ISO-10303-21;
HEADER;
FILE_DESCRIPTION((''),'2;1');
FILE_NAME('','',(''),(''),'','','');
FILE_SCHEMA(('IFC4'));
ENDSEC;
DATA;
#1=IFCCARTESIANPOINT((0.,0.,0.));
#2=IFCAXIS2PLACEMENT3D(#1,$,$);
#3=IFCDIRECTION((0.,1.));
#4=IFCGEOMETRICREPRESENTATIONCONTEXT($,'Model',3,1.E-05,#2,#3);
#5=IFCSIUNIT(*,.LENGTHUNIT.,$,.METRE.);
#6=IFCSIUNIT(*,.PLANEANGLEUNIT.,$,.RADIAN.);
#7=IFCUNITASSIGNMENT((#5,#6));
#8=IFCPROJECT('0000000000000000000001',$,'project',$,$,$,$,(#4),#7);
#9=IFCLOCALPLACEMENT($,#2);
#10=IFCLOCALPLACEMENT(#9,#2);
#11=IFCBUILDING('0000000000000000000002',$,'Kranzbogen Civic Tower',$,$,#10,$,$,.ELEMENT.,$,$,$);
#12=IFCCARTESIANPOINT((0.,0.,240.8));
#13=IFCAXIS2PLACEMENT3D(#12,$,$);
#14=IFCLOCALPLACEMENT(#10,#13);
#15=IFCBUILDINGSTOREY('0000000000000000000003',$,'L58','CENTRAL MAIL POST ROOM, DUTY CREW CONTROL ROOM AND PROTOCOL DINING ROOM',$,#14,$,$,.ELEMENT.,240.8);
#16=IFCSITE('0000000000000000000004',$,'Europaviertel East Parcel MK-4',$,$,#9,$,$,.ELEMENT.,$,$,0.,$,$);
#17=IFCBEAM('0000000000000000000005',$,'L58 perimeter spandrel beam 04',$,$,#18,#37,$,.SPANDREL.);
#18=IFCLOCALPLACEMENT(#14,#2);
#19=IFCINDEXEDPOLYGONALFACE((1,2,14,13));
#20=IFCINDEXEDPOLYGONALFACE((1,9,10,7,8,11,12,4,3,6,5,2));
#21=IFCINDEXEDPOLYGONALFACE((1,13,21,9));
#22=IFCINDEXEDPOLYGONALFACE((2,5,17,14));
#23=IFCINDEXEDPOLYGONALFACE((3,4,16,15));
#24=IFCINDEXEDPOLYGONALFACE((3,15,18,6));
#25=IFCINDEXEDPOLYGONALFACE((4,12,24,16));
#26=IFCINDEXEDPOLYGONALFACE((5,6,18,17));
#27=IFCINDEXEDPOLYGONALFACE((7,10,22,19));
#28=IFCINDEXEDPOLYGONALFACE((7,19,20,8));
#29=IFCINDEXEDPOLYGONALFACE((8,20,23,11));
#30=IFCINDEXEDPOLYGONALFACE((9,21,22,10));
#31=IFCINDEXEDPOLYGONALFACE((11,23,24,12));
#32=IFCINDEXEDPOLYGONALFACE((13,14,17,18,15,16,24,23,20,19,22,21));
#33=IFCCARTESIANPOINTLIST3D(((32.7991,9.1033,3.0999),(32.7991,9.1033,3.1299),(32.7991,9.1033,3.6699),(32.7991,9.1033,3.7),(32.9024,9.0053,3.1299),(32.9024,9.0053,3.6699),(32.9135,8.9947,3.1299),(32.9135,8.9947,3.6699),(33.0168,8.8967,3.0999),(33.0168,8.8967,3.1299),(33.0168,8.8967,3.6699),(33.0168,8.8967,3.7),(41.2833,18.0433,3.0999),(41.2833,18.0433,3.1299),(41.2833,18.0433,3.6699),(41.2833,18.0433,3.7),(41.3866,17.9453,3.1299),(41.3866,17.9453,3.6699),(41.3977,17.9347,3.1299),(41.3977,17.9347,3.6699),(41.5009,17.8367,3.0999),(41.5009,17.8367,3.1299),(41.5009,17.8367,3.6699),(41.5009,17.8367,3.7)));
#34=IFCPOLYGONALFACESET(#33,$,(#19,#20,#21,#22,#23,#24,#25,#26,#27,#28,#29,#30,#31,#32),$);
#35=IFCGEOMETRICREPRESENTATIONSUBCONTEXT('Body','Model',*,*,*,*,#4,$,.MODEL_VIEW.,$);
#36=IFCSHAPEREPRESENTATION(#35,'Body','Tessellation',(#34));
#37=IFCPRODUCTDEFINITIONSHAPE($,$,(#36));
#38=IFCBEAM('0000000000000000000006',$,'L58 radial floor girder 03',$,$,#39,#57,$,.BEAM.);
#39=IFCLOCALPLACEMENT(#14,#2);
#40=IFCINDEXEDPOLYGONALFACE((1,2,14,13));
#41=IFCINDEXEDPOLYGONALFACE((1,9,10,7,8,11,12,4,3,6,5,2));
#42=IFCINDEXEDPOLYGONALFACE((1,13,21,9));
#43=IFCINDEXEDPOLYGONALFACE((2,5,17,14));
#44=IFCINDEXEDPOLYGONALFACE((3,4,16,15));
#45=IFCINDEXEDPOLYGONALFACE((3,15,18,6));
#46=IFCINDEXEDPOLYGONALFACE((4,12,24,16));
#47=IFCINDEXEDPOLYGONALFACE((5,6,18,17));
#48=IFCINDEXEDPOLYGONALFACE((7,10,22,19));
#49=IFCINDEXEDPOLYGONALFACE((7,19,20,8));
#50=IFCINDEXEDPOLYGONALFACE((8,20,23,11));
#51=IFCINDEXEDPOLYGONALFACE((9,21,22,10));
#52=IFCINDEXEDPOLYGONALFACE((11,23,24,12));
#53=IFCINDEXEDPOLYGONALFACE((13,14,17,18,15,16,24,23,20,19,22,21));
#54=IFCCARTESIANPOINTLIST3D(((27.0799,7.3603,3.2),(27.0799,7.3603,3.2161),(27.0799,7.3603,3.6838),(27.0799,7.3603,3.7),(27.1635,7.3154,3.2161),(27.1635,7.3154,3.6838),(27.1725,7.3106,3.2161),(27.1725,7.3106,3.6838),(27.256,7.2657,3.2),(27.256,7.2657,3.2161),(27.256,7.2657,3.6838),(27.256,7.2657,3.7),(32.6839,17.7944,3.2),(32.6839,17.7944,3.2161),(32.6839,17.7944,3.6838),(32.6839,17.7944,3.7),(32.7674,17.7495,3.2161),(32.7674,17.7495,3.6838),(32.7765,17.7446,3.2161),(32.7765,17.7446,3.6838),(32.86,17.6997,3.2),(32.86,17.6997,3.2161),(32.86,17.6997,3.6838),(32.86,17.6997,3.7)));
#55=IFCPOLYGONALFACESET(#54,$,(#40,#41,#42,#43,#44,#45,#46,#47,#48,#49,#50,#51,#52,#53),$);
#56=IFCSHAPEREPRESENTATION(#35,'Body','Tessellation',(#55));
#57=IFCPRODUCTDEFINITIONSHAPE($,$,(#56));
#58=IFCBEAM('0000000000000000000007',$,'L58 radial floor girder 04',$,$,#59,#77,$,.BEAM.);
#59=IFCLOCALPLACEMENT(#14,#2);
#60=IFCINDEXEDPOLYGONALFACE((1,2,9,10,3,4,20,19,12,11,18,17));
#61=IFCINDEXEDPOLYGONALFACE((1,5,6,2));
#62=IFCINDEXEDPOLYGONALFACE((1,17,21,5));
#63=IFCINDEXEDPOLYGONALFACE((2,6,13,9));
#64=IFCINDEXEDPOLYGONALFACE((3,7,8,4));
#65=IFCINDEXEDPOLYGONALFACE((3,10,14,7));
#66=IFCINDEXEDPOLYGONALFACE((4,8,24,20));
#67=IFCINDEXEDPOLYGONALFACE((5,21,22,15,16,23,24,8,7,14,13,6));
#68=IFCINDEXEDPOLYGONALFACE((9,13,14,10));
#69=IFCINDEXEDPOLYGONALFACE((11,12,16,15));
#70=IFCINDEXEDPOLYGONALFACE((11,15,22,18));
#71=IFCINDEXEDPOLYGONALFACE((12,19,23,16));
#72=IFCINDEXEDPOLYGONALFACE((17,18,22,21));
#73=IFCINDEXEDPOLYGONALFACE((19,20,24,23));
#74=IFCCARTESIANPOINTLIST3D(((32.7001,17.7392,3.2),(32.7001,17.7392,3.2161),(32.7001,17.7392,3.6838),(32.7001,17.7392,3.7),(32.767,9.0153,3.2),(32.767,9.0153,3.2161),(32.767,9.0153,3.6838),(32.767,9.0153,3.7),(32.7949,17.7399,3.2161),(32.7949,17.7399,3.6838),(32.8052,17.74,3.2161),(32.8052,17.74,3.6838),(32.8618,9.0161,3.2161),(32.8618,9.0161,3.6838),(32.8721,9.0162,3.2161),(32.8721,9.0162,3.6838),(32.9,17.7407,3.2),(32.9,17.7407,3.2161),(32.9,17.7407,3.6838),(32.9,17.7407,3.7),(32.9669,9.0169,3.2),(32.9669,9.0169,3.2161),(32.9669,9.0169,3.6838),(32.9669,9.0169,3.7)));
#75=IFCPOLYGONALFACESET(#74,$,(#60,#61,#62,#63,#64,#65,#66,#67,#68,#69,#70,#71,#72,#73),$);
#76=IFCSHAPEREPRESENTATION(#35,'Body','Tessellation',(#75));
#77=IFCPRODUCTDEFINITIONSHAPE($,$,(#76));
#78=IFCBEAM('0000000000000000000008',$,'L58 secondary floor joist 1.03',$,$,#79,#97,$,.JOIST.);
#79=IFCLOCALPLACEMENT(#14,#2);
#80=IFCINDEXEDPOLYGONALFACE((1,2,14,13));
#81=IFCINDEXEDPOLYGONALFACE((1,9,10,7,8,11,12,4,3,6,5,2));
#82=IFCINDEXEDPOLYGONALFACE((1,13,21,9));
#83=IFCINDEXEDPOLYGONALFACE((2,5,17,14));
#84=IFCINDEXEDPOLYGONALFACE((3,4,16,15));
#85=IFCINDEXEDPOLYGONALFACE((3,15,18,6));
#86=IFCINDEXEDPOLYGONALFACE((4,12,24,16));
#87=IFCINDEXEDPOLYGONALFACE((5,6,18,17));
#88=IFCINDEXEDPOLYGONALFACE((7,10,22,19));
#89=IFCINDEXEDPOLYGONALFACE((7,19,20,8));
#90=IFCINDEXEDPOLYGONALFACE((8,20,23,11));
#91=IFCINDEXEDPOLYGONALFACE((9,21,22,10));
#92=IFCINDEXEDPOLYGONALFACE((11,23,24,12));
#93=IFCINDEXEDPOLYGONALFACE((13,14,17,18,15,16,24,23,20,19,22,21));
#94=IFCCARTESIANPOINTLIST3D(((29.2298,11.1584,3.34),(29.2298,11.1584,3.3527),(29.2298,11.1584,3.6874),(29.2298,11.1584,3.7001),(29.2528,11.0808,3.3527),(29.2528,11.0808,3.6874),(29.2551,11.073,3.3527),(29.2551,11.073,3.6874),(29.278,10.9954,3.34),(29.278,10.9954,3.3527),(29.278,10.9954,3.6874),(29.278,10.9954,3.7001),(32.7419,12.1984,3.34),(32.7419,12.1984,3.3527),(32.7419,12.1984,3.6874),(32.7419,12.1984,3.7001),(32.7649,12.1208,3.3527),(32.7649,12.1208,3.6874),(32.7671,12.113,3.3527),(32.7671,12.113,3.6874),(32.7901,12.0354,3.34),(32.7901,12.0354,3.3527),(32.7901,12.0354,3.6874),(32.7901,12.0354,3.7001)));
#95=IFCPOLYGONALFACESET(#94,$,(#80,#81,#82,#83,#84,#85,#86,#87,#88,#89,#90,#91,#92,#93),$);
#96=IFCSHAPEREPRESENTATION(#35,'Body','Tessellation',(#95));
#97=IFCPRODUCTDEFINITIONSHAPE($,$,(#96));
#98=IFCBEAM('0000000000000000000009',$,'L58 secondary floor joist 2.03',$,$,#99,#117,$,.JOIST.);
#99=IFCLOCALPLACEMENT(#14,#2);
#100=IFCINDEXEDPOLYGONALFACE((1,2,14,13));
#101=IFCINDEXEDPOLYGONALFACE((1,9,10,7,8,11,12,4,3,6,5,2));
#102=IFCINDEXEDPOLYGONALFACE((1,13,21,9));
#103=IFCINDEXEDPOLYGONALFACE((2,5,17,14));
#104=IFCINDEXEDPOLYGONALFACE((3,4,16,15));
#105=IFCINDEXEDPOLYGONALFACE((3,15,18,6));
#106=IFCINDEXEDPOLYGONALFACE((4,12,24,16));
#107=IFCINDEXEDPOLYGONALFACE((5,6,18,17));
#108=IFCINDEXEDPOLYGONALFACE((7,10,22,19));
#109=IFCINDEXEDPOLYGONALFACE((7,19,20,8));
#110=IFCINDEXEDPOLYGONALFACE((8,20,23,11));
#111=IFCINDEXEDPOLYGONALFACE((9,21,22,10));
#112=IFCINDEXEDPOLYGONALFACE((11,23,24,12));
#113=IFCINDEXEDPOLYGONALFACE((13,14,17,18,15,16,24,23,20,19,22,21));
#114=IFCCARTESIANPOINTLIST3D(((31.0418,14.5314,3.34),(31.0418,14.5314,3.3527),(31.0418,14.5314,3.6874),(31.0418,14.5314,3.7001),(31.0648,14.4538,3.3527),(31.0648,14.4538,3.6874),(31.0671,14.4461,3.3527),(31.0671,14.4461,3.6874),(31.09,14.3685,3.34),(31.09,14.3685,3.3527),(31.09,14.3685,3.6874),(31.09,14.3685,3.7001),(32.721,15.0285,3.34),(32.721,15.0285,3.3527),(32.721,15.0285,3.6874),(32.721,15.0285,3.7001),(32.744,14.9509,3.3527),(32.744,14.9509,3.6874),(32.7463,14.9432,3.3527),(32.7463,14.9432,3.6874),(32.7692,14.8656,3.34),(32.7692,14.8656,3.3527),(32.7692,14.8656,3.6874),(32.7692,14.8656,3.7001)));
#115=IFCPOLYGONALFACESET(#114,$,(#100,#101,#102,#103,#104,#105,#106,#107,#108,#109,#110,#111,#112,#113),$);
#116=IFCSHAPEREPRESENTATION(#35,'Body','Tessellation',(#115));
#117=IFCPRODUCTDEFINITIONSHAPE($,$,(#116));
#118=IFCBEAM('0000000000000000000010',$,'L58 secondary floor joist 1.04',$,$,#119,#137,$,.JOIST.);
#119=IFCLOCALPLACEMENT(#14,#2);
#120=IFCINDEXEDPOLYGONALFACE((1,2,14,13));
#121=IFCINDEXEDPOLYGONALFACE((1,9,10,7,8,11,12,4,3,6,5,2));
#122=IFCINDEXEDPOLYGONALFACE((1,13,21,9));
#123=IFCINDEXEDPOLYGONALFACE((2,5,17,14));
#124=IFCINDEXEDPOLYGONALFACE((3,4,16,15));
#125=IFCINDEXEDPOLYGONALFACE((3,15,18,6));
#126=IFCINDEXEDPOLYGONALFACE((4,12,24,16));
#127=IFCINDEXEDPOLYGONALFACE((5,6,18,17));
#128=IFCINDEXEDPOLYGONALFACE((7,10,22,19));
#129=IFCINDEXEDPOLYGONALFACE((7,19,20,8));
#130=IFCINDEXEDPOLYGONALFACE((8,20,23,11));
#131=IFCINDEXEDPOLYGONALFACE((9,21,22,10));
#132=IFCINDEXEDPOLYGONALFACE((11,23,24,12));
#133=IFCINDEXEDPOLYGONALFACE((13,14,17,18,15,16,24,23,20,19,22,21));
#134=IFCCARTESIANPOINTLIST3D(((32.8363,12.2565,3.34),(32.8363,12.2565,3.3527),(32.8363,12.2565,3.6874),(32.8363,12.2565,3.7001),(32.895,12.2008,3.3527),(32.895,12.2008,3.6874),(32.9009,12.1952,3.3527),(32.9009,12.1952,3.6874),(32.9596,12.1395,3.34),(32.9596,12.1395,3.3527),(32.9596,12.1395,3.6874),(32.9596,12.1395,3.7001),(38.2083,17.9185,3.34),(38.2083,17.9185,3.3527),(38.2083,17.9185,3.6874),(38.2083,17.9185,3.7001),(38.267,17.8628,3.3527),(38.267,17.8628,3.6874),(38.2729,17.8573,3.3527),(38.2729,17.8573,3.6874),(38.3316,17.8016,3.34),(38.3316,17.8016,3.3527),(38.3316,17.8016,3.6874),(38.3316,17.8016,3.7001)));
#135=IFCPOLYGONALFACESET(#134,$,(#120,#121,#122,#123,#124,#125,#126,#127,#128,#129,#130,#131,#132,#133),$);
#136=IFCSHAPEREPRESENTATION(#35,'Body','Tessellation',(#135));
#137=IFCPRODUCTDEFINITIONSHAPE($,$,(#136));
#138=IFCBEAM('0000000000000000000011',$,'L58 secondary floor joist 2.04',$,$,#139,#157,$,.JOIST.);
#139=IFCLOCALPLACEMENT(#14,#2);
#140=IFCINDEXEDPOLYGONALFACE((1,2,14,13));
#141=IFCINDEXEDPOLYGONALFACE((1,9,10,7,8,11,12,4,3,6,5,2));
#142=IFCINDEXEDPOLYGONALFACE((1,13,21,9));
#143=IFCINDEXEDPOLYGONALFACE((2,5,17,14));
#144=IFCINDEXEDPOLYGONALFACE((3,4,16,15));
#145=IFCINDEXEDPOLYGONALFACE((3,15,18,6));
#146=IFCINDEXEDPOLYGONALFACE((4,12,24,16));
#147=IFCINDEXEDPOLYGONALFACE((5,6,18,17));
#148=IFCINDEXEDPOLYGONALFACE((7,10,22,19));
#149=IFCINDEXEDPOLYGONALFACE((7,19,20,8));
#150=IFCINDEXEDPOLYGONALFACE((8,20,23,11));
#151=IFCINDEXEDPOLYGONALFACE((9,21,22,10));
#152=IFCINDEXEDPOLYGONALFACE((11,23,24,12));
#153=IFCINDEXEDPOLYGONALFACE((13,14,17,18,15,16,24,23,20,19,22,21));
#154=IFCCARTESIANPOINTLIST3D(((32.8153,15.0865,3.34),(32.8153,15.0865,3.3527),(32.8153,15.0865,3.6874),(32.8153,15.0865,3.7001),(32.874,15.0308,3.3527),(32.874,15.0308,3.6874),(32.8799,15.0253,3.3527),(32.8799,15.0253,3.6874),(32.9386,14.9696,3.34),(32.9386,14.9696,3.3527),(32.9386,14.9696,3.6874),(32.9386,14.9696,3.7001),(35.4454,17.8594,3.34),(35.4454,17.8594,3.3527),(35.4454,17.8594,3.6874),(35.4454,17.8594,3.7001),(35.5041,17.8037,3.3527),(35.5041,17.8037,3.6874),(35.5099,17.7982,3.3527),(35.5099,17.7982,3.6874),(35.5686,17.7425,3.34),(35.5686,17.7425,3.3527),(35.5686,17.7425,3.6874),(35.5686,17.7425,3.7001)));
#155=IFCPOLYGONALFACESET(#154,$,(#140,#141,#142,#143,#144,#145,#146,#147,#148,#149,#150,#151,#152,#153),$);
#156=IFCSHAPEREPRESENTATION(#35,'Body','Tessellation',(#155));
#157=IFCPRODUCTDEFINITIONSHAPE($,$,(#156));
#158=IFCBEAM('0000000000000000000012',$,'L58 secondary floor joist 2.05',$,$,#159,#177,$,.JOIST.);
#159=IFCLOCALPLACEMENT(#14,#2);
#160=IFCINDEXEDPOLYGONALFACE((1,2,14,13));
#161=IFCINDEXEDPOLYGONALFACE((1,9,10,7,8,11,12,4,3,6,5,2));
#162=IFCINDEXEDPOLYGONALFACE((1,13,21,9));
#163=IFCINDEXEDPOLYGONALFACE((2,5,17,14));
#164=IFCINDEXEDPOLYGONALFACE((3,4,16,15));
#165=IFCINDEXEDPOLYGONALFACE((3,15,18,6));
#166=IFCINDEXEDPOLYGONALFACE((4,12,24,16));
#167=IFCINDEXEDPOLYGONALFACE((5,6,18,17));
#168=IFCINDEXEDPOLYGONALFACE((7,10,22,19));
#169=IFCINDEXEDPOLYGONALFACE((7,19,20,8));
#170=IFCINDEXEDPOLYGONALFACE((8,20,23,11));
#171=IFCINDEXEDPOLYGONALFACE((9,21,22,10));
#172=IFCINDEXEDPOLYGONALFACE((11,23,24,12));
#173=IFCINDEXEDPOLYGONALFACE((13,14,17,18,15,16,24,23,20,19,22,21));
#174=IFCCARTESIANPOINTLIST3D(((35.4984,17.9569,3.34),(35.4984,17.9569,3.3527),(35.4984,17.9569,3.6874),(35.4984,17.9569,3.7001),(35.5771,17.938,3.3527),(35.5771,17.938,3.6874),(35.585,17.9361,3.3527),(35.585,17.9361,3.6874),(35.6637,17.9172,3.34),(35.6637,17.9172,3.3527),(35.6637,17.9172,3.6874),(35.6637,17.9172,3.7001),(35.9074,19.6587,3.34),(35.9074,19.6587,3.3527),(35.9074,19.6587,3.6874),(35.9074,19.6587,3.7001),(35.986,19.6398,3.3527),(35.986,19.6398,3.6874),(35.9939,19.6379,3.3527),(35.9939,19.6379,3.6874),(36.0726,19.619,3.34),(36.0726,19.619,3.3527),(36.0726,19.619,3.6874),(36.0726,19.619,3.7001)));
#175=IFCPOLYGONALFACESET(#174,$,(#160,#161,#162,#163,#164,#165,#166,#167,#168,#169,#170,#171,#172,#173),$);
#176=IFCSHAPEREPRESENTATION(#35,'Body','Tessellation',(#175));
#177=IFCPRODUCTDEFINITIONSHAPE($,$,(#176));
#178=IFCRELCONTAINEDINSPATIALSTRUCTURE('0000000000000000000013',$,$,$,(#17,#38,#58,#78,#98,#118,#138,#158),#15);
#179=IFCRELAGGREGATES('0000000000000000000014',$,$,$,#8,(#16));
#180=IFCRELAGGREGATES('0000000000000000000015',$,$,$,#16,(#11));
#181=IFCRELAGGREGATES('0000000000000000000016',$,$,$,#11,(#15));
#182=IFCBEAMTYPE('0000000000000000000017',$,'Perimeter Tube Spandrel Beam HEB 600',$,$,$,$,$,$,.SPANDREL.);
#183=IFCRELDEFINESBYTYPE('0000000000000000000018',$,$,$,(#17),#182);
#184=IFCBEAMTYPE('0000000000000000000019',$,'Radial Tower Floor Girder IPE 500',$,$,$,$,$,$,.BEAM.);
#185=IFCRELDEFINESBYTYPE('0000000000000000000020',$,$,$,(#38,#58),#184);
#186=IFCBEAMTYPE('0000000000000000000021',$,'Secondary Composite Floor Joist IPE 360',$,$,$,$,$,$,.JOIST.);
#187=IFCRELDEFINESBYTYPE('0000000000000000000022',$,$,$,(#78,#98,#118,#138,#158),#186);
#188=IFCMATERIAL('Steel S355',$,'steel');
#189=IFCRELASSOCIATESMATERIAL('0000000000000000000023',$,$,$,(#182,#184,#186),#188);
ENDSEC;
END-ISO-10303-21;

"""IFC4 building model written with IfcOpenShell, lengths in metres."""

from ifc_helpers import new_model, si_unit, direction, frame, origin, origin_2d, place, context, subcontext, project, spatial, i_section, extrude, material, material_profile, profile_set, type_object, element, save


model = new_model("IFC4")

# Units and contexts
model_context = context("Model", 3, precision=1e-05, world=origin(), true_north=direction((0.0, 1.0)))
body_context = subcontext(model_context, "Body", "Model", "MODEL_VIEW")
ifc_project = project(units=[si_unit("LENGTHUNIT", "METRE"), si_unit("PLANEANGLEUNIT", "RADIAN")], contexts=[model_context])

# Site, building, storey
site_placement = place(None, origin())
site = spatial("IfcSite", under=ifc_project, at=site_placement, Name="Europaviertel East Parcel MK-4", CompositionType="ELEMENT", RefElevation=0.0)
building_placement = place(site_placement, origin())
building = spatial("IfcBuilding", under=site, at=building_placement, Name="Kranzbogen Civic Tower", CompositionType="ELEMENT")
storey_placement = place(building_placement, frame((0.0, 0.0, 240.8)))
storey = spatial("IfcBuildingStorey", under=building, at=storey_placement, Name="L58", Description="CENTRAL MAIL POST ROOM, DUTY CREW CONTROL ROOM AND PROTOCOL DINING ROOM", CompositionType="ELEMENT", Elevation=240.8)

# Shared definitions
ifc_material_1 = material(Name="Steel S355", Category="steel")

# Beams
ifc_material_profile_1 = material_profile(ifc_material_1, i_section(OverallWidth=0.3, OverallDepth=0.6001, WebThickness=0.0154, FlangeThickness=0.03, at=origin_2d()), Name="HEB 600")
ifc_profile_set_1 = profile_set([ifc_material_profile_1], Name="Steel S355")
beam_type_1 = type_object("IfcBeamType", Name="Perimeter Tube Spandrel Beam HEB 600", PredefinedType="SPANDREL", material=ifc_profile_set_1)
beam_1_placement = place(storey_placement, frame((32.908, 9.0, 3.3999), z_axis=(0.688373, 0.725356, 0.0), x_axis=(-0.725356, 0.688373, 0.0)))
element("IfcBeam", 1, at=beam_1_placement, inside=storey, type_object=beam_type_1, Name="L58 perimeter spandrel beam 04", PredefinedType="SPANDREL", context=body_context, shape_type="SweptSolid", body=[
    extrude(i_section(OverallWidth=0.3, OverallDepth=0.6001, WebThickness=0.0154, FlangeThickness=0.03, at=origin_2d()), origin(), (0.0, 0.0, 1.0), 12.325),
])
ifc_material_profile_2 = material_profile(ifc_material_1, i_section(OverallWidth=0.2, OverallDepth=0.5, WebThickness=0.0103, FlangeThickness=0.0161, at=origin_2d()), Name="IPE 500")
ifc_profile_set_2 = profile_set([ifc_material_profile_2], Name="Steel S355")
beam_type_2 = type_object("IfcBeamType", Name="Radial Tower Floor Girder IPE 500", PredefinedType="BEAM", material=ifc_profile_set_2)
beam_2_placement = place(storey_placement, frame((27.168, 7.313, 3.45), z_axis=(0.47316, 0.880976, 0.0), x_axis=(-0.880976, 0.47316, 0.0)))
element("IfcBeam", 2, at=beam_2_placement, inside=storey, type_object=beam_type_2, Name="L58 radial floor girder 03", PredefinedType="BEAM", context=body_context, shape_type="SweptSolid", body=[
    extrude(i_section(OverallWidth=0.2, OverallDepth=0.5, WebThickness=0.0103, FlangeThickness=0.0161, at=origin_2d()), origin(), (0.0, 0.0, 1.0), 11.8438),
])
beam_3_placement = place(storey_placement, frame((32.8669, 9.0161, 3.45), z_axis=(-0.007668, 0.999971, 0.0), x_axis=(-0.999971, -0.007668, 0.0)))
element("IfcBeam", 3, at=beam_3_placement, inside=storey, type_object=beam_type_2, Name="L58 radial floor girder 04", PredefinedType="BEAM", context=body_context, shape_type="SweptSolid", body=[
    extrude(i_section(OverallWidth=0.2, OverallDepth=0.5, WebThickness=0.0103, FlangeThickness=0.0161, at=origin_2d()), origin(), (0.0, 0.0, 1.0), 8.7241),
])
ifc_material_profile_3 = material_profile(ifc_material_1, i_section(OverallWidth=0.1699, OverallDepth=0.3601, WebThickness=0.0081, FlangeThickness=0.0127, at=origin_2d()), Name="IPE 360")
ifc_profile_set_3 = profile_set([ifc_material_profile_3], Name="Steel S355")
beam_type_3 = type_object("IfcBeamType", Name="Secondary Composite Floor Joist IPE 360", PredefinedType="JOIST", material=ifc_profile_set_3)
beam_4_placement = place(storey_placement, frame((29.2539, 11.0769, 3.52), z_axis=(0.958844, 0.283934, 0.0), x_axis=(-0.283934, 0.958844, 0.0)))
element("IfcBeam", 4, at=beam_4_placement, inside=storey, type_object=beam_type_3, Name="L58 secondary floor joist 1.03", PredefinedType="JOIST", context=body_context, shape_type="SweptSolid", body=[
    extrude(i_section(OverallWidth=0.1699, OverallDepth=0.3601, WebThickness=0.0081, FlangeThickness=0.0127, at=origin_2d()), origin(), (0.0, 0.0, 1.0), 3.6628),
])
beam_5_placement = place(storey_placement, frame((31.0659, 14.45, 3.52), z_axis=(0.958871, 0.283841, 0.0), x_axis=(-0.283841, 0.958871, 0.0)))
element("IfcBeam", 5, at=beam_5_placement, inside=storey, type_object=beam_type_3, Name="L58 secondary floor joist 2.03", PredefinedType="JOIST", context=body_context, shape_type="SweptSolid", body=[
    extrude(i_section(OverallWidth=0.1699, OverallDepth=0.3601, WebThickness=0.0081, FlangeThickness=0.0127, at=origin_2d()), origin(), (0.0, 0.0, 1.0), 1.7512),
])
beam_6_placement = place(storey_placement, frame((32.8979, 12.198, 3.52), z_axis=(0.688282, 0.725443, 0.0), x_axis=(-0.725443, 0.688282, 0.0)))
element("IfcBeam", 6, at=beam_6_placement, inside=storey, type_object=beam_type_3, Name="L58 secondary floor joist 1.04", PredefinedType="JOIST", context=body_context, shape_type="SweptSolid", body=[
    extrude(i_section(OverallWidth=0.1699, OverallDepth=0.3601, WebThickness=0.0081, FlangeThickness=0.0127, at=origin_2d()), origin(), (0.0, 0.0, 1.0), 7.8049),
])
beam_7_placement = place(storey_placement, frame((32.877, 15.0281, 3.52), z_axis=(0.688175, 0.725545, 0.0), x_axis=(-0.725545, 0.688175, 0.0)))
element("IfcBeam", 7, at=beam_7_placement, inside=storey, type_object=beam_type_3, Name="L58 secondary floor joist 2.04", PredefinedType="JOIST", context=body_context, shape_type="SweptSolid", body=[
    extrude(i_section(OverallWidth=0.1699, OverallDepth=0.3601, WebThickness=0.0081, FlangeThickness=0.0127, at=origin_2d()), origin(), (0.0, 0.0, 1.0), 3.8218),
])
beam_8_placement = place(storey_placement, frame((35.5811, 17.937, 3.52), z_axis=(0.233631, 0.972325, 0.0), x_axis=(-0.972325, 0.233631, 0.0)))
element("IfcBeam", 8, at=beam_8_placement, inside=storey, type_object=beam_type_3, Name="L58 secondary floor joist 2.05", PredefinedType="JOIST", context=body_context, shape_type="SweptSolid", body=[
    extrude(i_section(OverallWidth=0.1699, OverallDepth=0.3601, WebThickness=0.0081, FlangeThickness=0.0127, at=origin_2d()), origin(), (0.0, 0.0, 1.0), 1.7502),
])

save(model, "model.ifc")
